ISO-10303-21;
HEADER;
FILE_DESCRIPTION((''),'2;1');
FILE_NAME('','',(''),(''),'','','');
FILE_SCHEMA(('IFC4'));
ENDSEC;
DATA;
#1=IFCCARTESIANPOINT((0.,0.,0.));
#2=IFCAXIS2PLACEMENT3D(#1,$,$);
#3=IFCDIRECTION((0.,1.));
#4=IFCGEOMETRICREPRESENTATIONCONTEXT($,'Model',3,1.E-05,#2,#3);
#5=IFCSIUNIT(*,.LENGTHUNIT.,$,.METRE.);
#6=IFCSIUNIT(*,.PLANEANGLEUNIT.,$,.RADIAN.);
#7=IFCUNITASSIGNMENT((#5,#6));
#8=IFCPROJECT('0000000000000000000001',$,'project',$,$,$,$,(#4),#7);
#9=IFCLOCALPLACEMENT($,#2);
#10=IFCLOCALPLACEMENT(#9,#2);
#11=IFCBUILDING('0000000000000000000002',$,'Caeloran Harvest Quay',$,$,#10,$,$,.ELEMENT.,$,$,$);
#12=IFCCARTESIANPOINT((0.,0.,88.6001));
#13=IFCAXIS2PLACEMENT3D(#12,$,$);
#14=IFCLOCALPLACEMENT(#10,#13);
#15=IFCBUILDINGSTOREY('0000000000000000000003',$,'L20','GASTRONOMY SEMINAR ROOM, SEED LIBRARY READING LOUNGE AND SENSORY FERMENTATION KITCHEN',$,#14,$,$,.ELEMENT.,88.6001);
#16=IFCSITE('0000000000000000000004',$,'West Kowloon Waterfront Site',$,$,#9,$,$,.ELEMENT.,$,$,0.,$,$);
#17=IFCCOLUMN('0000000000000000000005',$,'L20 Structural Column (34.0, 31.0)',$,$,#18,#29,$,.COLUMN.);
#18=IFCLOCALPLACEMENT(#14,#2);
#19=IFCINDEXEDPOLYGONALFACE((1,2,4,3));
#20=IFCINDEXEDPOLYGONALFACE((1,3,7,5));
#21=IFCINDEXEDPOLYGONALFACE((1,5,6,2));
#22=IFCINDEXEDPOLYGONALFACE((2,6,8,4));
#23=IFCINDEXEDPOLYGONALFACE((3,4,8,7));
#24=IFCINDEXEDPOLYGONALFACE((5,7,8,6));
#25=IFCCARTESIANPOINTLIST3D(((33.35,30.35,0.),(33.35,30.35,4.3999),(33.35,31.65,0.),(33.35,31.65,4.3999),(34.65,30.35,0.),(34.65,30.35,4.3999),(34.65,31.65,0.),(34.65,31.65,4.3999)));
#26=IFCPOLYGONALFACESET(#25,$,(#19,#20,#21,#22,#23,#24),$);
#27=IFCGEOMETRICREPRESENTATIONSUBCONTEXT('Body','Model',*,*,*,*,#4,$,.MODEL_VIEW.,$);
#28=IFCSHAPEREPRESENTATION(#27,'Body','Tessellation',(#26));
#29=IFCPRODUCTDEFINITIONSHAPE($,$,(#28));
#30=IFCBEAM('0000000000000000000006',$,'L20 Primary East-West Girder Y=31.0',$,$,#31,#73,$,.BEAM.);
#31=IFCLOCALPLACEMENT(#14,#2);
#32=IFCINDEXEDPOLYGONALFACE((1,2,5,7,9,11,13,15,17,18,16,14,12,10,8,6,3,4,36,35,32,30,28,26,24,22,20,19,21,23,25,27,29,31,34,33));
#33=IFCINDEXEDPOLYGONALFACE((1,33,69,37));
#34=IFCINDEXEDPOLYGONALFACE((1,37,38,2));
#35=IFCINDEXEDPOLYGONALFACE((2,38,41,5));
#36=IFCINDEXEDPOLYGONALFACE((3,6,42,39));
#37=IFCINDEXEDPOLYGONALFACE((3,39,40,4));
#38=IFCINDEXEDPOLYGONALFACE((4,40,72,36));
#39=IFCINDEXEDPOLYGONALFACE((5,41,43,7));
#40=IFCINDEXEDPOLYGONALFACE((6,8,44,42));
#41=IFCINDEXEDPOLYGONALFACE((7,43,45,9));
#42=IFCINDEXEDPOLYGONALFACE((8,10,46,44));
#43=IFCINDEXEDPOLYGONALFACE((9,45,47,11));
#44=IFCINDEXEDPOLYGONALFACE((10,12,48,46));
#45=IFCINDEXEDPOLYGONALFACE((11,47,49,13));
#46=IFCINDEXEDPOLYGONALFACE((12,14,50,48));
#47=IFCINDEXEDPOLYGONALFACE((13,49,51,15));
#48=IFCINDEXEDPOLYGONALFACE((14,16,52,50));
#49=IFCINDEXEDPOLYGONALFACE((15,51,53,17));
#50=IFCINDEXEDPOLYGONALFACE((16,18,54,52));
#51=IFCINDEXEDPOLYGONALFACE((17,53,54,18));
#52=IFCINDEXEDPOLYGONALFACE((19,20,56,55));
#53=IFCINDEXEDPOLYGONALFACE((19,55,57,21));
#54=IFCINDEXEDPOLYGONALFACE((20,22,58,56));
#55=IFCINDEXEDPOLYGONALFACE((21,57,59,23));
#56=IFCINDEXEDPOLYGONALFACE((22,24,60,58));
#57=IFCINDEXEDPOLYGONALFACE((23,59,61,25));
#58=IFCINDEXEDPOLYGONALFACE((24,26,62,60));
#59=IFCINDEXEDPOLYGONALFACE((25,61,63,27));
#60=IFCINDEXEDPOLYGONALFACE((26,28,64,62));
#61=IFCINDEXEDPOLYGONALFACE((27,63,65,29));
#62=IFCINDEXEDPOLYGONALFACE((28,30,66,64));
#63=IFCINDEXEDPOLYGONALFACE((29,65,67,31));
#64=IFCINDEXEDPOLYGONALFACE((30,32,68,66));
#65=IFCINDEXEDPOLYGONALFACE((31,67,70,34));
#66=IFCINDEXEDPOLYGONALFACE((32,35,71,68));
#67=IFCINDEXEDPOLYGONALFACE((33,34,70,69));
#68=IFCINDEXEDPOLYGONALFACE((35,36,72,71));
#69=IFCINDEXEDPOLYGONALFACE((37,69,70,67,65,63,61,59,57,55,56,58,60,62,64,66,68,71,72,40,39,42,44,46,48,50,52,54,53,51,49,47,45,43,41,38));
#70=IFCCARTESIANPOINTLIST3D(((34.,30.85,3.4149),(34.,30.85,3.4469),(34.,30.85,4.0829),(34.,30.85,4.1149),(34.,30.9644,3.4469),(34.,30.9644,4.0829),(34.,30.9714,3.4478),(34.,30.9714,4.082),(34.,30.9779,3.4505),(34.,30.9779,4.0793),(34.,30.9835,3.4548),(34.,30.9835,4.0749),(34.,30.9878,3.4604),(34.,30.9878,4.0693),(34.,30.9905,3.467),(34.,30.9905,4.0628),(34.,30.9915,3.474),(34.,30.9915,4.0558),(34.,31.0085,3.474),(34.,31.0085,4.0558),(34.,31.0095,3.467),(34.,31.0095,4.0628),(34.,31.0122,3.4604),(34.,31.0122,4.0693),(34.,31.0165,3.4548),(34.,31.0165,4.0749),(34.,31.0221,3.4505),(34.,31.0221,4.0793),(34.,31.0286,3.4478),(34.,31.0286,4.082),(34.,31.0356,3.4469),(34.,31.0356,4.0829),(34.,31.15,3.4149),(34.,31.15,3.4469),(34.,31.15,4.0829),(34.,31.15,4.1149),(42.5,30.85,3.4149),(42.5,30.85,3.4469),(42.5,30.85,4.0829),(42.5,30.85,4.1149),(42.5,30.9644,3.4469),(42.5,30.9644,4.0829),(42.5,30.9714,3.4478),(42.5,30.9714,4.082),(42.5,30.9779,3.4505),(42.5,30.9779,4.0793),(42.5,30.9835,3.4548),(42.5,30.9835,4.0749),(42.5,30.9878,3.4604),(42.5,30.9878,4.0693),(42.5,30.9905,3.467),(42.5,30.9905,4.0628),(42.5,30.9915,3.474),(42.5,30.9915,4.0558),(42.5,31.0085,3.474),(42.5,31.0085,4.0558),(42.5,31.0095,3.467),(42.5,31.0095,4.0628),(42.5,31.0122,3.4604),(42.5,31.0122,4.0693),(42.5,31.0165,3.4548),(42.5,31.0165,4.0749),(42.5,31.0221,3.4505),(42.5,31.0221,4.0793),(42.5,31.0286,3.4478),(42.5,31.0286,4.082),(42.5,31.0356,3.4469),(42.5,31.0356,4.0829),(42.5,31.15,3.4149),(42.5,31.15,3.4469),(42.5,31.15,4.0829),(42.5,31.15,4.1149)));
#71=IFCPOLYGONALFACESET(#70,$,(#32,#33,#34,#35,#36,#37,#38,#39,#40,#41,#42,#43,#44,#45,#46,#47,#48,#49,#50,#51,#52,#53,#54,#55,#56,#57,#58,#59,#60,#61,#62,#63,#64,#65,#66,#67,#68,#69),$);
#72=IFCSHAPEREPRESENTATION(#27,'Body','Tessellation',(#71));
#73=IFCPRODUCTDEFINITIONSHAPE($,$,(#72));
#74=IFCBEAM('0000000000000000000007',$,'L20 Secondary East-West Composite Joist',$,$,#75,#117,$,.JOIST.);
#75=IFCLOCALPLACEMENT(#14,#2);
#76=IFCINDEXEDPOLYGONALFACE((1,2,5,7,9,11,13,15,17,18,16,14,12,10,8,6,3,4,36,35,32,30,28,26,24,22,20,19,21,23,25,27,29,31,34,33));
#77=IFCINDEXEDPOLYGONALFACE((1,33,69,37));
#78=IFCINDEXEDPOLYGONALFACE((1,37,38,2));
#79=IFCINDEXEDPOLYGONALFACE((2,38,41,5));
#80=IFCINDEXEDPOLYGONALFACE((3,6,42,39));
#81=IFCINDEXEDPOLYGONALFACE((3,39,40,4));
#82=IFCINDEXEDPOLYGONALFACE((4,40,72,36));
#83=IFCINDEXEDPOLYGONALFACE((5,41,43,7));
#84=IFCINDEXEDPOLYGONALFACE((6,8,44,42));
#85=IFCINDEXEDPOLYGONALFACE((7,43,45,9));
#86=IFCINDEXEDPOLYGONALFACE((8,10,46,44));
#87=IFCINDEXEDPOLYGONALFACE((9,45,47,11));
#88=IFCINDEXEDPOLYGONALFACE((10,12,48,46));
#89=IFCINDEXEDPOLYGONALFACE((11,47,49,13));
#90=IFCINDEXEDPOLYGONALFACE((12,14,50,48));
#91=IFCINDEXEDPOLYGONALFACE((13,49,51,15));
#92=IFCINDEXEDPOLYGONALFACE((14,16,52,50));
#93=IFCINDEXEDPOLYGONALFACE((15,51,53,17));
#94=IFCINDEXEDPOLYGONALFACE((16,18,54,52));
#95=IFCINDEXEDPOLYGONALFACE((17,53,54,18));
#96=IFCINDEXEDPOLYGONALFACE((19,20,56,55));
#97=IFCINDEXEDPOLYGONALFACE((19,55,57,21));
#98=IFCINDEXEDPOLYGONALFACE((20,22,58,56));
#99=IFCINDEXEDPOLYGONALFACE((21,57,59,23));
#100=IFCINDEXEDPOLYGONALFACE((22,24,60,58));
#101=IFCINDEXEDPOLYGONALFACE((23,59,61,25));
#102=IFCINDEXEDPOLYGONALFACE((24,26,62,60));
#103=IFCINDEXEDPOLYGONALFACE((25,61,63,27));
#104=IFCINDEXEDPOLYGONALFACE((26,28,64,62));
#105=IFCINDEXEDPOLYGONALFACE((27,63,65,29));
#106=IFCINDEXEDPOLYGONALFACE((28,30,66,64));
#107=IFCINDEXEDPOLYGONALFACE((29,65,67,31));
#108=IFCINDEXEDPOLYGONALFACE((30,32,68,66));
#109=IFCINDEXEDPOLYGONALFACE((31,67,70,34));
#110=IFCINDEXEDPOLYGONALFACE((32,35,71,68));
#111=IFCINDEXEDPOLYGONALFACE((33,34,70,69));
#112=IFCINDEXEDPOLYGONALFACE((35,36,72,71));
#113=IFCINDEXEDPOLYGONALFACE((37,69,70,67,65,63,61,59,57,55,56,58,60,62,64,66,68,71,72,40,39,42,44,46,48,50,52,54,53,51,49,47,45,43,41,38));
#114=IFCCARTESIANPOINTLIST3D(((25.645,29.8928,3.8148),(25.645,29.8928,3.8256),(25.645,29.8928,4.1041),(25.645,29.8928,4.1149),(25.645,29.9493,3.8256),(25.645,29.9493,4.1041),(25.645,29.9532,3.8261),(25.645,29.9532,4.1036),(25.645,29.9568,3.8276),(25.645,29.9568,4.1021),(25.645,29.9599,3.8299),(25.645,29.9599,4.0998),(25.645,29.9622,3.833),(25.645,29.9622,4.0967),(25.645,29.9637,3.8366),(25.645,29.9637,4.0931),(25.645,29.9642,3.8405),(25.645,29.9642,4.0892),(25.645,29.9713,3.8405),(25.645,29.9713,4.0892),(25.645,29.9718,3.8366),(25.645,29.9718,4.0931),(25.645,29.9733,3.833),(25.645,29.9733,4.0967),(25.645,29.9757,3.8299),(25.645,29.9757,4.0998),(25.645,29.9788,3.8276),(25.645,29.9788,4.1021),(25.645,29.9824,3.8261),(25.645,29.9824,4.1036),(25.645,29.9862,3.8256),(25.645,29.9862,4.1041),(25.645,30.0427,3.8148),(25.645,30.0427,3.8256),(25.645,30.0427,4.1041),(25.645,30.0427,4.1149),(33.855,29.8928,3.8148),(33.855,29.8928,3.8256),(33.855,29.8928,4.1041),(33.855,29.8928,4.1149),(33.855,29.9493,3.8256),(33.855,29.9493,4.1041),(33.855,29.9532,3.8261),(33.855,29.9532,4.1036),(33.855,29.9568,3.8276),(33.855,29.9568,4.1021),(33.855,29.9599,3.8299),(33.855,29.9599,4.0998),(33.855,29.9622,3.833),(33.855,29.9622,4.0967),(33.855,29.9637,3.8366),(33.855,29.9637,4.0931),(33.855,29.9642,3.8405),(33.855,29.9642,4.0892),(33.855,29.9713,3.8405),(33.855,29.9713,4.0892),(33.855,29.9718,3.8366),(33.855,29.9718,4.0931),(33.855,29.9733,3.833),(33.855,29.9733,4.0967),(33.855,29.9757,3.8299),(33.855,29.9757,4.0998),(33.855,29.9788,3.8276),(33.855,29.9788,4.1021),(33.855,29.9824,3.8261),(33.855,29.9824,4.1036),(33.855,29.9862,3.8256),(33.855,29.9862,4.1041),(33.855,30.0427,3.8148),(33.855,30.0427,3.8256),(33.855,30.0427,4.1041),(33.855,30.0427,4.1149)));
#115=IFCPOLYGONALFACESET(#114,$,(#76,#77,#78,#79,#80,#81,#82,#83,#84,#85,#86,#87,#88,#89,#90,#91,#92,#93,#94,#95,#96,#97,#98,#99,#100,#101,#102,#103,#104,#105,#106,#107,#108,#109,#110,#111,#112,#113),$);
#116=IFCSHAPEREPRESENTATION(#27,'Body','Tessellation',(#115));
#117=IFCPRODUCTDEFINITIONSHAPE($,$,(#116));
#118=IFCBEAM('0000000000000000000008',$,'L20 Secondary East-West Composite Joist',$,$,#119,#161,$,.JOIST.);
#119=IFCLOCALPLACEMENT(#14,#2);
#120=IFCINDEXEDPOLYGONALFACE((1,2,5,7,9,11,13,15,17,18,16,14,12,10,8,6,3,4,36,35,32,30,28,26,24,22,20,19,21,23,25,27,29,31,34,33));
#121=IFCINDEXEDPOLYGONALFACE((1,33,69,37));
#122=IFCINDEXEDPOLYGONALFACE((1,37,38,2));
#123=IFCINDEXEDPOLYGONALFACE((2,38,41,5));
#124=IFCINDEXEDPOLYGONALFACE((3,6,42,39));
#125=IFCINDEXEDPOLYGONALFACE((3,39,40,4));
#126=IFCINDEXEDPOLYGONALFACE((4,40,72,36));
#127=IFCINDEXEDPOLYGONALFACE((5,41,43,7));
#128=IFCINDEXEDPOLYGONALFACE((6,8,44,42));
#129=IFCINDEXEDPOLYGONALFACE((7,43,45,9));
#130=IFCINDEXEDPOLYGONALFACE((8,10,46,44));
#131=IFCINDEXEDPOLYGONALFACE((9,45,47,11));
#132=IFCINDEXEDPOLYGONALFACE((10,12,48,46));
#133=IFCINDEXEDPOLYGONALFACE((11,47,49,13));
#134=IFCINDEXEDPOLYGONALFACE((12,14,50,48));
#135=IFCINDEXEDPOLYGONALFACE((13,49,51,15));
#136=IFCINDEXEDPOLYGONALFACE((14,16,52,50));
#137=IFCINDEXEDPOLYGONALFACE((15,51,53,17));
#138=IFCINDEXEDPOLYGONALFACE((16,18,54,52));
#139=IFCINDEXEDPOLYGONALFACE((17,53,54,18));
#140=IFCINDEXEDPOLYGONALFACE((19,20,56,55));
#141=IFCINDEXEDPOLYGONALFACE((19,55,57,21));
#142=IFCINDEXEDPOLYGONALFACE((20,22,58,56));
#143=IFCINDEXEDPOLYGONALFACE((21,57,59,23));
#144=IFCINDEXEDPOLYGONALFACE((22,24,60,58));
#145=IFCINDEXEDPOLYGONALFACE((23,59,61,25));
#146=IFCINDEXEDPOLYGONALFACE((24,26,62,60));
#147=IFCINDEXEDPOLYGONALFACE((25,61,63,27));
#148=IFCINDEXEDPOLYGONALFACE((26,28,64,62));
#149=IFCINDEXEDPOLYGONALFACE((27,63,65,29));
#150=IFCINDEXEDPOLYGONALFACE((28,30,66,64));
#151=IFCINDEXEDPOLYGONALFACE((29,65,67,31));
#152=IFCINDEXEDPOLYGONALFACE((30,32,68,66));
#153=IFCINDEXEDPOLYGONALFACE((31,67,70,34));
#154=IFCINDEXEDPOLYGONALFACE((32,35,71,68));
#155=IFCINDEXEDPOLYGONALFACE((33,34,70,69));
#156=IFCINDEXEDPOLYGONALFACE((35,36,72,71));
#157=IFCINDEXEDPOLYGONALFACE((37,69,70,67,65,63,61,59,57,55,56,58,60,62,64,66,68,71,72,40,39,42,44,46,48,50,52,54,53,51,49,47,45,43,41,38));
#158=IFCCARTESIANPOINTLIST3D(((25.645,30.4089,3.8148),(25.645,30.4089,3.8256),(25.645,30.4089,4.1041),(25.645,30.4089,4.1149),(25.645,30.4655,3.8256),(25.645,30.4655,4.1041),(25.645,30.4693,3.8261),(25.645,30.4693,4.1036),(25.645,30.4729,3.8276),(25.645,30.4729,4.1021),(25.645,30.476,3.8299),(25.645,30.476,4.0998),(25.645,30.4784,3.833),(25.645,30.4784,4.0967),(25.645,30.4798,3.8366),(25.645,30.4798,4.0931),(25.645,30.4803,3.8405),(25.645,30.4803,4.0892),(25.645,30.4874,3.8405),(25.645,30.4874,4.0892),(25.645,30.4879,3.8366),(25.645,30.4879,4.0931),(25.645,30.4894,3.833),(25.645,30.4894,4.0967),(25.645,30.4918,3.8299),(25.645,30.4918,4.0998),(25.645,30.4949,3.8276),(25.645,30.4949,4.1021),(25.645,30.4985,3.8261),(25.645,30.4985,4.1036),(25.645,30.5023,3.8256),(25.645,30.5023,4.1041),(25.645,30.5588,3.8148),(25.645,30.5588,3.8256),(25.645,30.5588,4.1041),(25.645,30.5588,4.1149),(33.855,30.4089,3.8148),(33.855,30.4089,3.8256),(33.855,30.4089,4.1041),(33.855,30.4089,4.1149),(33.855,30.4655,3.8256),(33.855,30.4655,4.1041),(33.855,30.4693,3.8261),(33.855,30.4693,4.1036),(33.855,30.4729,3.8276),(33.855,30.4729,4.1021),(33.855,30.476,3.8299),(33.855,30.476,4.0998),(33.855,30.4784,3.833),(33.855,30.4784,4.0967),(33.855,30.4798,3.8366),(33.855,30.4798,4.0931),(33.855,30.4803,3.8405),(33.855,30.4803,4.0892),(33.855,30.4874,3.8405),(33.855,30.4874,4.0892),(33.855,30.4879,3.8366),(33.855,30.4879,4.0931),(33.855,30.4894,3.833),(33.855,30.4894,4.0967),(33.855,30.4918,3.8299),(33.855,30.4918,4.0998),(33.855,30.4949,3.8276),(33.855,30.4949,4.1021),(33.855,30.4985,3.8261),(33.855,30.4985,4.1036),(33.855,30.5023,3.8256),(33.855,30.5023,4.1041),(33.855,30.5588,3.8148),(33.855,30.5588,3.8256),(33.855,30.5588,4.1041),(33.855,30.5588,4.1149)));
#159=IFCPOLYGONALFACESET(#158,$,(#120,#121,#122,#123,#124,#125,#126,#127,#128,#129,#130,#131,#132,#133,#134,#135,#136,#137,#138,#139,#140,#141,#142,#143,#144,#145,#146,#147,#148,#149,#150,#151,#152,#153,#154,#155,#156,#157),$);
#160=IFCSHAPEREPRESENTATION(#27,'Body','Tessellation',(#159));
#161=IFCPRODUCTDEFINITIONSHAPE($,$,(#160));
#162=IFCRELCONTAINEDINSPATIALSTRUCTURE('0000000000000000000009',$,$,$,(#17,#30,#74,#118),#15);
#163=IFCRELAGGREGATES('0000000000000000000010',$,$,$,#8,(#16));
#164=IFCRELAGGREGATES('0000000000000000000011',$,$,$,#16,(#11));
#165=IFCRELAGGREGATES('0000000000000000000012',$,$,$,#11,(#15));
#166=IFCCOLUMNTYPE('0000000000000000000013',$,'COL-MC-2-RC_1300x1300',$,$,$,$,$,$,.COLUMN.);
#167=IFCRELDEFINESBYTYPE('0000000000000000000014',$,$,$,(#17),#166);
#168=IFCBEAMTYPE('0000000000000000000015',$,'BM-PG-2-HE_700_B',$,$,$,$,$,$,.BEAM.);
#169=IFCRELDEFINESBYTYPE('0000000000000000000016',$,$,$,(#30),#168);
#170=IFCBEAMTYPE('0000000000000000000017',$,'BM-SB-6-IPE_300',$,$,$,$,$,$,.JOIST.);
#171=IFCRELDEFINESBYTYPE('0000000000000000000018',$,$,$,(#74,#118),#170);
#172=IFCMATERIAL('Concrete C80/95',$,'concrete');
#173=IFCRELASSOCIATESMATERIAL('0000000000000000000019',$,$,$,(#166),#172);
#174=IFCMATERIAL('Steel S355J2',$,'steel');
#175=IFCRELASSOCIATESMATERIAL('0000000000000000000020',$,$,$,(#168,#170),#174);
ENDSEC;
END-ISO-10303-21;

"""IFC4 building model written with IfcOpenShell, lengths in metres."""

from ifc_helpers import new_model, si_unit, direction, frame, origin, origin_2d, place, context, subcontext, project, spatial, rectangle, i_section, extrude, material, material_profile, profile_set, type_object, element, save


model = new_model("IFC4")

# Units and contexts
model_context = context("Model", 3, precision=1e-05, world=origin(), true_north=direction((0.0, 1.0)))
body_context = subcontext(model_context, "Body", "Model", "MODEL_VIEW")
ifc_project = project(units=[si_unit("LENGTHUNIT", "METRE"), si_unit("PLANEANGLEUNIT", "RADIAN")], contexts=[model_context])

# Site, building, storey
site_placement = place(None, origin())
site = spatial("IfcSite", under=ifc_project, at=site_placement, Name="West Kowloon Waterfront Site", CompositionType="ELEMENT", RefElevation=0.0)
building_placement = place(site_placement, origin())
building = spatial("IfcBuilding", under=site, at=building_placement, Name="Caeloran Harvest Quay", CompositionType="ELEMENT")
storey_placement = place(building_placement, frame((0.0, 0.0, 88.6001)))
storey = spatial("IfcBuildingStorey", under=building, at=storey_placement, Name="L20", Description="GASTRONOMY SEMINAR ROOM, SEED LIBRARY READING LOUNGE AND SENSORY FERMENTATION KITCHEN", CompositionType="ELEMENT", Elevation=88.6001)

# Column
ifc_material_1 = material(Name="Concrete C80/95", Category="concrete")
ifc_material_profile_1 = material_profile(ifc_material_1, rectangle(XDim=1.3, YDim=1.3, at=origin_2d()), Name="RC 1300x1300")
ifc_profile_set_1 = profile_set([ifc_material_profile_1], Name="Concrete C80/95")
column_type = type_object("IfcColumnType", Name="COL-MC-2-RC_1300x1300", PredefinedType="COLUMN", material=ifc_profile_set_1)
column_placement = place(storey_placement, frame((34.0, 31.0, 0.0), z_axis=(0.0, 0.0, 1.0), x_axis=(1.0, 0.0, 0.0)))
element("IfcColumn", 1, at=column_placement, inside=storey, type_object=column_type, Name="L20 Structural Column (34.0, 31.0)", PredefinedType="COLUMN", context=body_context, shape_type="SweptSolid", body=[
    extrude(rectangle(XDim=1.3, YDim=1.3, at=origin_2d()), origin(), (0.0, 0.0, 1.0), 4.3999),
])

# Beams
ifc_material_2 = material(Name="Steel S355J2", Category="steel")
ifc_material_profile_2 = material_profile(ifc_material_2, i_section(OverallWidth=0.3, OverallDepth=0.7, WebThickness=0.0171, FlangeThickness=0.032, FilletRadius=0.0271, at=origin_2d()), Name="HE 700 B")
ifc_profile_set_2 = profile_set([ifc_material_profile_2], Name="Steel S355J2")
beam_type_1 = type_object("IfcBeamType", Name="BM-PG-2-HE_700_B", PredefinedType="BEAM", material=ifc_profile_set_2)
beam_1_placement = place(storey_placement, frame((34.0, 31.0, 3.7649), z_axis=(1.0, 0.0, 0.0), x_axis=(0.0, 1.0, 0.0)))
element("IfcBeam", 2, at=beam_1_placement, inside=storey, type_object=beam_type_1, Name="L20 Primary East-West Girder Y=31.0", PredefinedType="BEAM", context=body_context, shape_type="SweptSolid", body=[
    extrude(i_section(OverallWidth=0.3, OverallDepth=0.7, WebThickness=0.0171, FlangeThickness=0.032, FilletRadius=0.0271, at=origin_2d()), origin(), (0.0, 0.0, 1.0), 8.5),
])
ifc_material_profile_3 = material_profile(ifc_material_2, i_section(OverallWidth=0.1499, OverallDepth=0.3, WebThickness=0.0071, FlangeThickness=0.0107, FilletRadius=0.0149, at=origin_2d()), Name="IPE 300")
ifc_profile_set_3 = profile_set([ifc_material_profile_3], Name="Steel S355J2")
beam_type_2 = type_object("IfcBeamType", Name="BM-SB-6-IPE_300", PredefinedType="JOIST", material=ifc_profile_set_3)
for number, where, z_axis, x_axis, name in (
    (3, (25.645, 29.9678, 3.9648), (1.0, 0.0, 0.0), (0.0, 1.0, 0.0), "L20 Secondary East-West Composite Joist"),
    (4, (25.645, 30.4839, 3.9648), (1.0, 0.0, 0.0), (0.0, 1.0, 0.0), "L20 Secondary East-West Composite Joist"),
):
    element("IfcBeam", number, at=place(storey_placement, frame(where, z_axis=z_axis, x_axis=x_axis)), inside=storey, type_object=beam_type_2, Name=name, PredefinedType="JOIST", context=body_context, shape_type="SweptSolid", body=[
        extrude(i_section(OverallWidth=0.1499, OverallDepth=0.3, WebThickness=0.0071, FlangeThickness=0.0107, FilletRadius=0.0149, at=origin_2d()), origin(), (0.0, 0.0, 1.0), 8.21),
    ])

save(model, "model.ifc")
